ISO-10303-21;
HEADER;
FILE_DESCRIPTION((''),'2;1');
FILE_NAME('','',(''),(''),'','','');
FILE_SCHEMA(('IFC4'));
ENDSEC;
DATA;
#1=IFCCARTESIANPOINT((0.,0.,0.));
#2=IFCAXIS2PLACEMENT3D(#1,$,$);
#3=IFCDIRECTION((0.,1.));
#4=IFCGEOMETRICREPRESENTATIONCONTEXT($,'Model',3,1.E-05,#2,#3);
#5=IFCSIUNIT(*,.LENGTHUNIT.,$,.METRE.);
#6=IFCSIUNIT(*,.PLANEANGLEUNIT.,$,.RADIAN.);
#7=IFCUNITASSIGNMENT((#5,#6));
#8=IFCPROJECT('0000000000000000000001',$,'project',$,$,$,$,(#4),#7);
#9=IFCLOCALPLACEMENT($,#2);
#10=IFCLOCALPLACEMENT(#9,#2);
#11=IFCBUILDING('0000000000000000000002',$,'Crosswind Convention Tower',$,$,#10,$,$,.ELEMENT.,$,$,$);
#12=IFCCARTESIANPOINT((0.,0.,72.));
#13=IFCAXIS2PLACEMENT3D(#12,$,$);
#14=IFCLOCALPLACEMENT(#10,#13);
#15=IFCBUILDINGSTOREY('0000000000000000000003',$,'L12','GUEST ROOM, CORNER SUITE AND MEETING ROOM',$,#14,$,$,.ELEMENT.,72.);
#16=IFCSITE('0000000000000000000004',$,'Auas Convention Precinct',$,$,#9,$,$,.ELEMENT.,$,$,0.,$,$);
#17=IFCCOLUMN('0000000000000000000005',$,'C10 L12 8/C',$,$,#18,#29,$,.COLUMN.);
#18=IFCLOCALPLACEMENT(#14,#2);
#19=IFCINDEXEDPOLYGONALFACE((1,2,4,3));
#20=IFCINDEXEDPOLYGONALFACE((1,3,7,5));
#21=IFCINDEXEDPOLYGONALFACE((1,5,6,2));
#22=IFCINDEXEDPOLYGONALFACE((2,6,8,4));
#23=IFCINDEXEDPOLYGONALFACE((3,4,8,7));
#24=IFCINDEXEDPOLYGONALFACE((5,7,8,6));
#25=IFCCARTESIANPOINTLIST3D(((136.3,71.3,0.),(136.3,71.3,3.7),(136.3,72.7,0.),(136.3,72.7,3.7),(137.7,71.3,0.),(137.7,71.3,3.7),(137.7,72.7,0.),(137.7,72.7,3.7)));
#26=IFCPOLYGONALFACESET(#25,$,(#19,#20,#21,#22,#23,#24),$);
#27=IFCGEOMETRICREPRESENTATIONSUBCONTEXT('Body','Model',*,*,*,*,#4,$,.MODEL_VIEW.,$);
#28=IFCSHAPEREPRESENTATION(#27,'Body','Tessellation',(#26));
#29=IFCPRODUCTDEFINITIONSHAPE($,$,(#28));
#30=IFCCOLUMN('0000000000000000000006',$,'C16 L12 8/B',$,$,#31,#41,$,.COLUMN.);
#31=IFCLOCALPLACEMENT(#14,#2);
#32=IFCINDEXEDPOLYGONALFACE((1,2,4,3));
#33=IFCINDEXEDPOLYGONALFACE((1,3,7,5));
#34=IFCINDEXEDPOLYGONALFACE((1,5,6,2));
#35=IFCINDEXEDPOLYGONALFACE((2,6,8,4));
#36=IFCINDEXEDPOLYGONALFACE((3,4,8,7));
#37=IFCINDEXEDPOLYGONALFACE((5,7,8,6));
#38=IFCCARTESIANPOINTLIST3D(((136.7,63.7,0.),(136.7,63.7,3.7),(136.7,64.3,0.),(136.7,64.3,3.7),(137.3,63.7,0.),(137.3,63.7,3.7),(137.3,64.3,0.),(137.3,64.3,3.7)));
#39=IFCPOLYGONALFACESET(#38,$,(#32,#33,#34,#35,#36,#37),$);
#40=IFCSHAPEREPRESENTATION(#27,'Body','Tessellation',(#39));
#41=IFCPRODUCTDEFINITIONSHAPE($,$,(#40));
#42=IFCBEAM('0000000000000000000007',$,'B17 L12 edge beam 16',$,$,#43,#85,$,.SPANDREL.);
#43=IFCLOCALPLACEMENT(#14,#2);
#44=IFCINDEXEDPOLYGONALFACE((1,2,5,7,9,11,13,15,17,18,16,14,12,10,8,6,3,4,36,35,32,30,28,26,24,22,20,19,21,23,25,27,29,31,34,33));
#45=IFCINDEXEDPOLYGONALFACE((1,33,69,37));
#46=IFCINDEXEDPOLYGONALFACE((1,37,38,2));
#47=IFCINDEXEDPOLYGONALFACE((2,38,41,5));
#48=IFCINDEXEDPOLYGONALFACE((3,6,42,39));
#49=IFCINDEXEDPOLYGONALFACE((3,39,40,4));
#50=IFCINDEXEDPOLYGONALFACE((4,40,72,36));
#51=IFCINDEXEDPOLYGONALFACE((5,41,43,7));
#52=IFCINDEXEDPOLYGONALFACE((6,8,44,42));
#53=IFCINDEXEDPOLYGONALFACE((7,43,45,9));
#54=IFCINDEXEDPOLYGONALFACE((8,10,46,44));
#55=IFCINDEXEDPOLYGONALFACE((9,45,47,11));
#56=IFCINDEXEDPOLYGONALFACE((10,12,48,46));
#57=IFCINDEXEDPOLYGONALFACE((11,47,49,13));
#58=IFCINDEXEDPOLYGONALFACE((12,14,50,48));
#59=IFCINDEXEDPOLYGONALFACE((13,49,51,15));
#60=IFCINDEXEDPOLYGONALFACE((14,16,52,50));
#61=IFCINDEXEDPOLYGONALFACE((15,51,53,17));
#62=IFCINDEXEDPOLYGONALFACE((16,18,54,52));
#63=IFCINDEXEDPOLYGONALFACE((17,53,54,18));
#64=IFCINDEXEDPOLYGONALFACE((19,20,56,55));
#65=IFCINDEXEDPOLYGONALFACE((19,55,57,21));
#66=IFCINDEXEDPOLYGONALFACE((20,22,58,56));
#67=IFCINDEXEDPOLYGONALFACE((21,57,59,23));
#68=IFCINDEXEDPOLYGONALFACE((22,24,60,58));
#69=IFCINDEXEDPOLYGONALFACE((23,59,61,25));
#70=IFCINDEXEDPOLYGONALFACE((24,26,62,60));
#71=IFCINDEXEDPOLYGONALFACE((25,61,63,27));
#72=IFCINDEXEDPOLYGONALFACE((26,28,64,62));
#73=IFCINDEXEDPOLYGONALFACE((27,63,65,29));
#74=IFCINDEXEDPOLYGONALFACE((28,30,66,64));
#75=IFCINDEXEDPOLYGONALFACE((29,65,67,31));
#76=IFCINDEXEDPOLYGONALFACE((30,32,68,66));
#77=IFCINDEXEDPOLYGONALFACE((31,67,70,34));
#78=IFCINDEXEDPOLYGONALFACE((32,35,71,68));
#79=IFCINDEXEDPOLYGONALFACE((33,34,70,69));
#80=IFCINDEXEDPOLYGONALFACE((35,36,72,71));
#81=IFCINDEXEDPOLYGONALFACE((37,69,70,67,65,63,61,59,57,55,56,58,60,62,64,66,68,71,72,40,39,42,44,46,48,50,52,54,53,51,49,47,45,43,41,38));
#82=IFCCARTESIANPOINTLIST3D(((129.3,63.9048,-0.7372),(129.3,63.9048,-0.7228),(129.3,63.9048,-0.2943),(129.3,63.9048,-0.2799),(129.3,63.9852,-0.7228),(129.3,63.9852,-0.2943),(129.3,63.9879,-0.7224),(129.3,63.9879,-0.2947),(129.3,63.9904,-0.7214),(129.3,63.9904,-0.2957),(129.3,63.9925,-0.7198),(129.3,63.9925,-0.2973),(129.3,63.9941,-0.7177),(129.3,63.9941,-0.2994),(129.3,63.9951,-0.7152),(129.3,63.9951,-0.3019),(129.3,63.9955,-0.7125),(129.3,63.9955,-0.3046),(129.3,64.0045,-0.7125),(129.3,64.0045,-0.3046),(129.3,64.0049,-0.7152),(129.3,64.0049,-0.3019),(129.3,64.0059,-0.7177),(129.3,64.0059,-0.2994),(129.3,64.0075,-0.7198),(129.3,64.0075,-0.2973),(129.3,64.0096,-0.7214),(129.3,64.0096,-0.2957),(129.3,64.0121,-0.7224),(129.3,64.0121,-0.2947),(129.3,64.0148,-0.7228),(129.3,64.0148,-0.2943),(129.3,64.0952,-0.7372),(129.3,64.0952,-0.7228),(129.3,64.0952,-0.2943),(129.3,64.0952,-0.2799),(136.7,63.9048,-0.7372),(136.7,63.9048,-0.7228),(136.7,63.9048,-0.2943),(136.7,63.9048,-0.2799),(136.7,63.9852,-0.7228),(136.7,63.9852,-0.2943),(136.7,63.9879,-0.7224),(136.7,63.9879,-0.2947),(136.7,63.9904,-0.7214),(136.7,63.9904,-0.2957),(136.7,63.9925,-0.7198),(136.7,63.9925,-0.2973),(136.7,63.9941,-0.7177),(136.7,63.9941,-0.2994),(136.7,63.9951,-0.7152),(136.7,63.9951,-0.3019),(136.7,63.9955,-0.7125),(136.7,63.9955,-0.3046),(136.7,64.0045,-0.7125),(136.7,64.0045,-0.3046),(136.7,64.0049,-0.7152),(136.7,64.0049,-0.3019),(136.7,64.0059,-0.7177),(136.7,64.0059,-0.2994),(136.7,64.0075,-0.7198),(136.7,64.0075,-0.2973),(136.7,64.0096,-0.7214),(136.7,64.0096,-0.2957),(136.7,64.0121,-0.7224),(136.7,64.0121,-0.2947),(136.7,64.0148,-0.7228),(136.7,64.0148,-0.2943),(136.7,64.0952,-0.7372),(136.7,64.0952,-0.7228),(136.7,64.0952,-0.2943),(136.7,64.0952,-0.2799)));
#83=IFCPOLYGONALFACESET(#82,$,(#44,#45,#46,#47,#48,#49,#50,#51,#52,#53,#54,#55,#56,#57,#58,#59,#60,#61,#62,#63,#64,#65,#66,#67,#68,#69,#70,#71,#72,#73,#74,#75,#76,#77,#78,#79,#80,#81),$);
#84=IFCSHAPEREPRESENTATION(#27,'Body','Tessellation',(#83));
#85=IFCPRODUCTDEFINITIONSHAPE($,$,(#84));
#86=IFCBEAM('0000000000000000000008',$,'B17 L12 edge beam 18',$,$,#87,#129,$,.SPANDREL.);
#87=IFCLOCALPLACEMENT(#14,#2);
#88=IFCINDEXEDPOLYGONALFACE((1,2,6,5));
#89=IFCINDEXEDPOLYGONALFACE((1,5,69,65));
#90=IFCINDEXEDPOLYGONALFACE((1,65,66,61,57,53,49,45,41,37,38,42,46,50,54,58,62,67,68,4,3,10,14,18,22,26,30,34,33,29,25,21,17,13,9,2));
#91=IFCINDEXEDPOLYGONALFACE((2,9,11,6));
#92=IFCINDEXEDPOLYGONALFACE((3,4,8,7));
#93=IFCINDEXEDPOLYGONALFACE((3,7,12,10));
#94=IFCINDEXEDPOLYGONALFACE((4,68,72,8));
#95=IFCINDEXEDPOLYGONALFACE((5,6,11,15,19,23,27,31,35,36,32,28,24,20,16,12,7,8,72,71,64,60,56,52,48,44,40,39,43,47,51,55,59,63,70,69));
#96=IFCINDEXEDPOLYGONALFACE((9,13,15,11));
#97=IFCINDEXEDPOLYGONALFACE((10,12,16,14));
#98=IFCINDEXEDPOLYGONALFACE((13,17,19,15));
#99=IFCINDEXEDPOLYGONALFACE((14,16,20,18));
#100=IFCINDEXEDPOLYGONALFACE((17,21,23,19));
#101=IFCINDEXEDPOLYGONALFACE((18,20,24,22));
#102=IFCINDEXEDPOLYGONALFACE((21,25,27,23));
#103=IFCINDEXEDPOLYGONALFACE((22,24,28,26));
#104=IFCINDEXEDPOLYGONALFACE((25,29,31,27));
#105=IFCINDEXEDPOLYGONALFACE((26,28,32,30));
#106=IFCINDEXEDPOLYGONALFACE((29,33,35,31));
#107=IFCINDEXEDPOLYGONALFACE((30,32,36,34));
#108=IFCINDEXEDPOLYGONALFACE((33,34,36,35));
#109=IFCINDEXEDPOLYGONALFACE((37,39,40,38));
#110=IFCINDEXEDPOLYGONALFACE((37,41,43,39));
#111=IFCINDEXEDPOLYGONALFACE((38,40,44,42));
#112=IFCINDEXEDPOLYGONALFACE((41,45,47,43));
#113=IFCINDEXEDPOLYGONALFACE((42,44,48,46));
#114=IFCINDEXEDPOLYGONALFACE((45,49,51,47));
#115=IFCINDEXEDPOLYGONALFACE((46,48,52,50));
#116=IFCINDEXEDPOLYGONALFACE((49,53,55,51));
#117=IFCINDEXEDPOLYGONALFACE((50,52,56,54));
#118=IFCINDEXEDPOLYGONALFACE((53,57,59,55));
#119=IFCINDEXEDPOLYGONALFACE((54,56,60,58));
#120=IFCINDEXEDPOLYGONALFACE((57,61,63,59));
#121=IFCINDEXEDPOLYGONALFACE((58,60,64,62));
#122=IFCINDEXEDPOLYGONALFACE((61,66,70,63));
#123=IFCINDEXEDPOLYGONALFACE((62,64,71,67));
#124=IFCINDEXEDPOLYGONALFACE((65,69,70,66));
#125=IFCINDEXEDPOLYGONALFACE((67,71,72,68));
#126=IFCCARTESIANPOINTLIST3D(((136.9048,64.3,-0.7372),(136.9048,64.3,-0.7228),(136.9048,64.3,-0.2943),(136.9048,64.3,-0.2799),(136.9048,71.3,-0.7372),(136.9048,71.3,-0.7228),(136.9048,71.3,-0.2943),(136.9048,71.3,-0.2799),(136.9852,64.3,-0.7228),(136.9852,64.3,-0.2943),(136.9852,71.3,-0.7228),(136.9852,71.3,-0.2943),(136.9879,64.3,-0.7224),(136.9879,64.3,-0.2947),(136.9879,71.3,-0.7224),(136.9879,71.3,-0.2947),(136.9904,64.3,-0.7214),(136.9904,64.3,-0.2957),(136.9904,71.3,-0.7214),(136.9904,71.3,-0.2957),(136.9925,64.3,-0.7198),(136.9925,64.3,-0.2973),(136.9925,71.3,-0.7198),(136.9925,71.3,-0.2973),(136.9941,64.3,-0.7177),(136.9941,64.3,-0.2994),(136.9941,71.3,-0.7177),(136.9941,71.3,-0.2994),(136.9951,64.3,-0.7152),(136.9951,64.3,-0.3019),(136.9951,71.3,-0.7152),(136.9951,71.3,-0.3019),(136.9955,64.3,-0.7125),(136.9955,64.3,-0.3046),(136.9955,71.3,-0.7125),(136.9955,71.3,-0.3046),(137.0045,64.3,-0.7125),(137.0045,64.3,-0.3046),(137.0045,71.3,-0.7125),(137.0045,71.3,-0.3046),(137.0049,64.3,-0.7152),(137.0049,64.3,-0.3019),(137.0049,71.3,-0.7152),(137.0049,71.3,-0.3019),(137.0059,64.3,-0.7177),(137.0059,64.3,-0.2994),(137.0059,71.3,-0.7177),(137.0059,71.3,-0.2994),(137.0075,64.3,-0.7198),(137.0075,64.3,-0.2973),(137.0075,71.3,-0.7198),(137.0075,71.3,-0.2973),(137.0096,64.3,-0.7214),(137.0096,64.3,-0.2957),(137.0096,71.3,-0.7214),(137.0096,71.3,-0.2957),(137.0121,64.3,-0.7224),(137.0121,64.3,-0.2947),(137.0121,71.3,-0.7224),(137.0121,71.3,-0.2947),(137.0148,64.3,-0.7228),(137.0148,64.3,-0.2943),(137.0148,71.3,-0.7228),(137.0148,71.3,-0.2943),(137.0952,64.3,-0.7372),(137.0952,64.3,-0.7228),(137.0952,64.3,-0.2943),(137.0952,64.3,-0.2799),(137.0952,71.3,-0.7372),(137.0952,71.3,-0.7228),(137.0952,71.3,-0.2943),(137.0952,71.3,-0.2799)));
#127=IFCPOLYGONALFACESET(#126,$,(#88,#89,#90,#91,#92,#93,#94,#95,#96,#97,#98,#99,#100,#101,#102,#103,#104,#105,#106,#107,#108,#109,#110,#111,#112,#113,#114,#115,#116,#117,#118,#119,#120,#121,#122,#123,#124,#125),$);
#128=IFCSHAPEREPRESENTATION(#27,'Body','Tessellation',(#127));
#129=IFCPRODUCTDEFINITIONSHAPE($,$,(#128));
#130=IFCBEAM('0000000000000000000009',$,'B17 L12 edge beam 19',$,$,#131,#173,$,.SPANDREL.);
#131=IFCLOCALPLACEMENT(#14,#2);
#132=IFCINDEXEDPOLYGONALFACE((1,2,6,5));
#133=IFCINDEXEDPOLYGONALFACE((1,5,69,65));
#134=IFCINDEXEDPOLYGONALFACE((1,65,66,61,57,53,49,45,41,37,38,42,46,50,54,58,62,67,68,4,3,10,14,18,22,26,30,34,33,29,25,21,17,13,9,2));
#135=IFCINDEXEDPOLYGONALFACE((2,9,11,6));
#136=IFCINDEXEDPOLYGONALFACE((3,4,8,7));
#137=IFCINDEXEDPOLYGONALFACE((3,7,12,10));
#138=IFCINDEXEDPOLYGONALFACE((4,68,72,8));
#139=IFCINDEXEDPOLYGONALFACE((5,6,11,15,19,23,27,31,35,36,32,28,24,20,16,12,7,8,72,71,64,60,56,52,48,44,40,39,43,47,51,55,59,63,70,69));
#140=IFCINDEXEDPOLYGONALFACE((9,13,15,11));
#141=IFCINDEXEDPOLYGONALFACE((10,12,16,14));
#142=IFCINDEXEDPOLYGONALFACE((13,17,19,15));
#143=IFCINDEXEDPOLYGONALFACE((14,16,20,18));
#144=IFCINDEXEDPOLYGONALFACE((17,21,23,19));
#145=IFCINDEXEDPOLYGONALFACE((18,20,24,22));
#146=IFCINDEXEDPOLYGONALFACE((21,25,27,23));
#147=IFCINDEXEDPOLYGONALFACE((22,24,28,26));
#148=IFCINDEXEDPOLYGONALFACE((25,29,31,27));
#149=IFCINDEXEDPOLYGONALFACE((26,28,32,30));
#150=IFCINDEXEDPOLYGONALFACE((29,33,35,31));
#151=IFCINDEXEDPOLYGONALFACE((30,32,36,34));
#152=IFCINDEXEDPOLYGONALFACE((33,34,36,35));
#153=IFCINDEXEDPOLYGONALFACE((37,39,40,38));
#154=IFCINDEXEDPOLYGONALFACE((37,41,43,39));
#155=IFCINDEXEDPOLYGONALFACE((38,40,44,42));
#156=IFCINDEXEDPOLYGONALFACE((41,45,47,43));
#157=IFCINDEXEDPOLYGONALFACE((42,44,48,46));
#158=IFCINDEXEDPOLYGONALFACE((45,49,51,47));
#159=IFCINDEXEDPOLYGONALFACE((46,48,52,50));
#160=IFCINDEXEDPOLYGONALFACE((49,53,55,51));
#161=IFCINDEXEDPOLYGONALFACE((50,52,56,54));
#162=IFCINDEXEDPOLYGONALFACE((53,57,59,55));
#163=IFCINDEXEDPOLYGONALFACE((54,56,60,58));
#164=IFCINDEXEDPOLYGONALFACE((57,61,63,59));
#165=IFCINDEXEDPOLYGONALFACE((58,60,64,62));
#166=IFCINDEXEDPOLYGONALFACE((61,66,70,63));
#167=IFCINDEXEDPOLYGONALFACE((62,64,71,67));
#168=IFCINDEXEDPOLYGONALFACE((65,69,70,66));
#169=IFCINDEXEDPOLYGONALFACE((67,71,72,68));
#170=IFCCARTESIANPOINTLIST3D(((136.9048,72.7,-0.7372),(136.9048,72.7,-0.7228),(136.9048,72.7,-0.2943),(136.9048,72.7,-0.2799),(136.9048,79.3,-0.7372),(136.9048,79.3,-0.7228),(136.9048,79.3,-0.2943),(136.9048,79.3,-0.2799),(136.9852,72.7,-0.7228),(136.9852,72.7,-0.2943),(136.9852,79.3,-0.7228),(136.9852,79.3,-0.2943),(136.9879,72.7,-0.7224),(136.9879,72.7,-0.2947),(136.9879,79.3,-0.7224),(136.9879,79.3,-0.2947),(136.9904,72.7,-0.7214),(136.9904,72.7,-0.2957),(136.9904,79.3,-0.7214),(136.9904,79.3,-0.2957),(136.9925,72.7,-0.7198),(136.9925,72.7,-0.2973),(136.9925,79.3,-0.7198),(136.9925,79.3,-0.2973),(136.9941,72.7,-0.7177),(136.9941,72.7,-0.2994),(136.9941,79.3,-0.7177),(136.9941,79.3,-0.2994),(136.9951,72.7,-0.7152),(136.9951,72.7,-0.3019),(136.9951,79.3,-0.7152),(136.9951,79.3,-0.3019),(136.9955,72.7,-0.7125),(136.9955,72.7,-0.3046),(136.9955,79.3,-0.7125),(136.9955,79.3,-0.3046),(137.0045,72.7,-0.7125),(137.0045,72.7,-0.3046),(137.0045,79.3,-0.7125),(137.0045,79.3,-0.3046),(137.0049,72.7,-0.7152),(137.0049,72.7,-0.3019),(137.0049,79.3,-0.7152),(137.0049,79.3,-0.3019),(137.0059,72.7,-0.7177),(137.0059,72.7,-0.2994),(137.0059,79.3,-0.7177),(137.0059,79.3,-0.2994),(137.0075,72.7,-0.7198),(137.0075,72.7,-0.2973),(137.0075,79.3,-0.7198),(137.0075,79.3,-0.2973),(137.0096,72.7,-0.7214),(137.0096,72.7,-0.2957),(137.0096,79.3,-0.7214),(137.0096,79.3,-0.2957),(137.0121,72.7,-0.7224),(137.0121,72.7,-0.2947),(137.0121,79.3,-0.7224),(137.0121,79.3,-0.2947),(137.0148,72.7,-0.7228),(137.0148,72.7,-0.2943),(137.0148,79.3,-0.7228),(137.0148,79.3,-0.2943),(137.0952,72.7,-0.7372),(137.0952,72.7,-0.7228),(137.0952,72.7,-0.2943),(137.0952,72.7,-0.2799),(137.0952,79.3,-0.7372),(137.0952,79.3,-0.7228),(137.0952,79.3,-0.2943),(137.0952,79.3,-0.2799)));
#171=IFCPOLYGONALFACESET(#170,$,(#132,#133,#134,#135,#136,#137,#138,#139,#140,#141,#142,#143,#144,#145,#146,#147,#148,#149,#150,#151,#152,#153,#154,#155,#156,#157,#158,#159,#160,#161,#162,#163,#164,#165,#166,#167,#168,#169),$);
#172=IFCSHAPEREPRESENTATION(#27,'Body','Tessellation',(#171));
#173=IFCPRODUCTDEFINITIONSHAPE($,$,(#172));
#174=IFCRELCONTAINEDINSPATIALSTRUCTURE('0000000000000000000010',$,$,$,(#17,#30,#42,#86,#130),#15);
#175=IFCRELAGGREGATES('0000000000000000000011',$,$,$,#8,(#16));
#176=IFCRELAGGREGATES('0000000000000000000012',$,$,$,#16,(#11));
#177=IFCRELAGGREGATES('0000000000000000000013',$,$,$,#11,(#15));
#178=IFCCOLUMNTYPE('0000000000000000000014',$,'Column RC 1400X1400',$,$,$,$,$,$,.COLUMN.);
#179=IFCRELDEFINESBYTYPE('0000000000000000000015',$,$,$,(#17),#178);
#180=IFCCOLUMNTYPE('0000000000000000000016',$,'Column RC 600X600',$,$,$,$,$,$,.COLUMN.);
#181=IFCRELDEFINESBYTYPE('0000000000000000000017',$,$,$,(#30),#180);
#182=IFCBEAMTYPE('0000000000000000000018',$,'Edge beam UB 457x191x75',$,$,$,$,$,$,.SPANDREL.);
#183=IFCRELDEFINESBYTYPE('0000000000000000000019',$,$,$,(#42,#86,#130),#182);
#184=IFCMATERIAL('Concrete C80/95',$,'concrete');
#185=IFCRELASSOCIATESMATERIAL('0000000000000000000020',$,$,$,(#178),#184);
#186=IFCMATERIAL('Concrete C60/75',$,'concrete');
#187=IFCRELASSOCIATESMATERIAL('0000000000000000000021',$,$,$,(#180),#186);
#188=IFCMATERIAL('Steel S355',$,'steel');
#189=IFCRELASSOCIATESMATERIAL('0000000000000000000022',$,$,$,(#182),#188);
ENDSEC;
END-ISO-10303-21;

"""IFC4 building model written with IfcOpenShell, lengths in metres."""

from ifc_helpers import new_model, si_unit, direction, frame, origin, origin_2d, place, context, subcontext, project, spatial, rectangle, i_section, extrude, material, material_profile, profile_set, type_object, element, save


model = new_model("IFC4")

# Units and contexts
model_context = context("Model", 3, precision=1e-05, world=origin(), true_north=direction((0.0, 1.0)))
body_context = subcontext(model_context, "Body", "Model", "MODEL_VIEW")
ifc_project = project(units=[si_unit("LENGTHUNIT", "METRE"), si_unit("PLANEANGLEUNIT", "RADIAN")], contexts=[model_context])

# Site, building, storey
site_placement = place(None, origin())
site = spatial("IfcSite", under=ifc_project, at=site_placement, Name="Auas Convention Precinct", CompositionType="ELEMENT", RefElevation=0.0)
building_placement = place(site_placement, origin())
building = spatial("IfcBuilding", under=site, at=building_placement, Name="Crosswind Convention Tower", CompositionType="ELEMENT")
storey_placement = place(building_placement, frame((0.0, 0.0, 72.0)))
storey = spatial("IfcBuildingStorey", under=building, at=storey_placement, Name="L12", Description="GUEST ROOM, CORNER SUITE AND MEETING ROOM", CompositionType="ELEMENT", Elevation=72.0)

# Columns
ifc_material_1 = material(Name="Concrete C80/95", Category="concrete")
ifc_material_profile_1 = material_profile(ifc_material_1, rectangle(XDim=1.3999, YDim=1.3999, at=origin_2d()), Name="RC 1400X1400")
ifc_profile_set_1 = profile_set([ifc_material_profile_1], Name="Concrete C80/95")
column_type_1 = type_object("IfcColumnType", Name="Column RC 1400X1400", PredefinedType="COLUMN", material=ifc_profile_set_1)
column_1_placement = place(storey_placement, frame((137.0, 72.0, 0.0), z_axis=(0.0, 0.0, 1.0), x_axis=(1.0, 0.0, 0.0)))
element("IfcColumn", 1, at=column_1_placement, inside=storey, type_object=column_type_1, Name="C10 L12 8/C", PredefinedType="COLUMN", context=body_context, shape_type="SweptSolid", body=[
    extrude(rectangle(XDim=1.3999, YDim=1.3999, at=origin_2d()), origin(), (0.0, 0.0, 1.0), 3.7),
])
ifc_material_2 = material(Name="Concrete C60/75", Category="concrete")
ifc_material_profile_2 = material_profile(ifc_material_2, rectangle(XDim=0.6001, YDim=0.6001, at=origin_2d()), Name="RC 600X600")
ifc_profile_set_2 = profile_set([ifc_material_profile_2], Name="Concrete C60/75")
column_type_2 = type_object("IfcColumnType", Name="Column RC 600X600", PredefinedType="COLUMN", material=ifc_profile_set_2)
column_2_placement = place(storey_placement, frame((137.0, 64.0, 0.0), z_axis=(0.0, 0.0, 1.0), x_axis=(1.0, 0.0, 0.0)))
element("IfcColumn", 2, at=column_2_placement, inside=storey, type_object=column_type_2, Name="C16 L12 8/B", PredefinedType="COLUMN", context=body_context, shape_type="SweptSolid", body=[
    extrude(rectangle(XDim=0.6001, YDim=0.6001, at=origin_2d()), origin(), (0.0, 0.0, 1.0), 3.7),
])

# Beams
ifc_material_3 = material(Name="Steel S355", Category="steel")
ifc_material_profile_3 = material_profile(ifc_material_3, i_section(OverallWidth=0.1904, OverallDepth=0.4573, WebThickness=0.009, FlangeThickness=0.0144, FilletRadius=0.0103, at=origin_2d()), Name="UB 457x191x75")
ifc_profile_set_3 = profile_set([ifc_material_profile_3], Name="Steel S355")
beam_type_1 = type_object("IfcBeamType", Name="Edge beam UB 457x191x75", PredefinedType="SPANDREL", material=ifc_profile_set_3)
beam_1_placement = place(storey_placement, frame((129.3, 64.0, -0.5085), z_axis=(1.0, 0.0, 0.0), x_axis=(0.0, 1.0, 0.0)))
element("IfcBeam", 3, at=beam_1_placement, inside=storey, type_object=beam_type_1, Name="B17 L12 edge beam 16", PredefinedType="SPANDREL", context=body_context, shape_type="SweptSolid", body=[
    extrude(i_section(OverallWidth=0.1904, OverallDepth=0.4573, WebThickness=0.009, FlangeThickness=0.0144, FilletRadius=0.0103, at=origin_2d()), origin(), (0.0, 0.0, 1.0), 7.3999),
])
beam_2_placement = place(storey_placement, frame((137.0, 64.3, -0.5085), z_axis=(0.0, 1.0, 0.0), x_axis=(-1.0, 0.0, 0.0)))
element("IfcBeam", 4, at=beam_2_placement, inside=storey, type_object=beam_type_1, Name="B17 L12 edge beam 18", PredefinedType="SPANDREL", context=body_context, shape_type="SweptSolid", body=[
    extrude(i_section(OverallWidth=0.1904, OverallDepth=0.4573, WebThickness=0.009, FlangeThickness=0.0144, FilletRadius=0.0103, at=origin_2d()), origin(), (0.0, 0.0, 1.0), 7.0),
])
beam_3_placement = place(storey_placement, frame((137.0, 72.7, -0.5085), z_axis=(0.0, 1.0, 0.0), x_axis=(-1.0, 0.0, 0.0)))
element("IfcBeam", 5, at=beam_3_placement, inside=storey, type_object=beam_type_1, Name="B17 L12 edge beam 19", PredefinedType="SPANDREL", context=body_context, shape_type="SweptSolid", body=[
    extrude(i_section(OverallWidth=0.1904, OverallDepth=0.4573, WebThickness=0.009, FlangeThickness=0.0144, FilletRadius=0.0103, at=origin_2d()), origin(), (0.0, 0.0, 1.0), 6.6001),
])

save(model, "model.ifc")
